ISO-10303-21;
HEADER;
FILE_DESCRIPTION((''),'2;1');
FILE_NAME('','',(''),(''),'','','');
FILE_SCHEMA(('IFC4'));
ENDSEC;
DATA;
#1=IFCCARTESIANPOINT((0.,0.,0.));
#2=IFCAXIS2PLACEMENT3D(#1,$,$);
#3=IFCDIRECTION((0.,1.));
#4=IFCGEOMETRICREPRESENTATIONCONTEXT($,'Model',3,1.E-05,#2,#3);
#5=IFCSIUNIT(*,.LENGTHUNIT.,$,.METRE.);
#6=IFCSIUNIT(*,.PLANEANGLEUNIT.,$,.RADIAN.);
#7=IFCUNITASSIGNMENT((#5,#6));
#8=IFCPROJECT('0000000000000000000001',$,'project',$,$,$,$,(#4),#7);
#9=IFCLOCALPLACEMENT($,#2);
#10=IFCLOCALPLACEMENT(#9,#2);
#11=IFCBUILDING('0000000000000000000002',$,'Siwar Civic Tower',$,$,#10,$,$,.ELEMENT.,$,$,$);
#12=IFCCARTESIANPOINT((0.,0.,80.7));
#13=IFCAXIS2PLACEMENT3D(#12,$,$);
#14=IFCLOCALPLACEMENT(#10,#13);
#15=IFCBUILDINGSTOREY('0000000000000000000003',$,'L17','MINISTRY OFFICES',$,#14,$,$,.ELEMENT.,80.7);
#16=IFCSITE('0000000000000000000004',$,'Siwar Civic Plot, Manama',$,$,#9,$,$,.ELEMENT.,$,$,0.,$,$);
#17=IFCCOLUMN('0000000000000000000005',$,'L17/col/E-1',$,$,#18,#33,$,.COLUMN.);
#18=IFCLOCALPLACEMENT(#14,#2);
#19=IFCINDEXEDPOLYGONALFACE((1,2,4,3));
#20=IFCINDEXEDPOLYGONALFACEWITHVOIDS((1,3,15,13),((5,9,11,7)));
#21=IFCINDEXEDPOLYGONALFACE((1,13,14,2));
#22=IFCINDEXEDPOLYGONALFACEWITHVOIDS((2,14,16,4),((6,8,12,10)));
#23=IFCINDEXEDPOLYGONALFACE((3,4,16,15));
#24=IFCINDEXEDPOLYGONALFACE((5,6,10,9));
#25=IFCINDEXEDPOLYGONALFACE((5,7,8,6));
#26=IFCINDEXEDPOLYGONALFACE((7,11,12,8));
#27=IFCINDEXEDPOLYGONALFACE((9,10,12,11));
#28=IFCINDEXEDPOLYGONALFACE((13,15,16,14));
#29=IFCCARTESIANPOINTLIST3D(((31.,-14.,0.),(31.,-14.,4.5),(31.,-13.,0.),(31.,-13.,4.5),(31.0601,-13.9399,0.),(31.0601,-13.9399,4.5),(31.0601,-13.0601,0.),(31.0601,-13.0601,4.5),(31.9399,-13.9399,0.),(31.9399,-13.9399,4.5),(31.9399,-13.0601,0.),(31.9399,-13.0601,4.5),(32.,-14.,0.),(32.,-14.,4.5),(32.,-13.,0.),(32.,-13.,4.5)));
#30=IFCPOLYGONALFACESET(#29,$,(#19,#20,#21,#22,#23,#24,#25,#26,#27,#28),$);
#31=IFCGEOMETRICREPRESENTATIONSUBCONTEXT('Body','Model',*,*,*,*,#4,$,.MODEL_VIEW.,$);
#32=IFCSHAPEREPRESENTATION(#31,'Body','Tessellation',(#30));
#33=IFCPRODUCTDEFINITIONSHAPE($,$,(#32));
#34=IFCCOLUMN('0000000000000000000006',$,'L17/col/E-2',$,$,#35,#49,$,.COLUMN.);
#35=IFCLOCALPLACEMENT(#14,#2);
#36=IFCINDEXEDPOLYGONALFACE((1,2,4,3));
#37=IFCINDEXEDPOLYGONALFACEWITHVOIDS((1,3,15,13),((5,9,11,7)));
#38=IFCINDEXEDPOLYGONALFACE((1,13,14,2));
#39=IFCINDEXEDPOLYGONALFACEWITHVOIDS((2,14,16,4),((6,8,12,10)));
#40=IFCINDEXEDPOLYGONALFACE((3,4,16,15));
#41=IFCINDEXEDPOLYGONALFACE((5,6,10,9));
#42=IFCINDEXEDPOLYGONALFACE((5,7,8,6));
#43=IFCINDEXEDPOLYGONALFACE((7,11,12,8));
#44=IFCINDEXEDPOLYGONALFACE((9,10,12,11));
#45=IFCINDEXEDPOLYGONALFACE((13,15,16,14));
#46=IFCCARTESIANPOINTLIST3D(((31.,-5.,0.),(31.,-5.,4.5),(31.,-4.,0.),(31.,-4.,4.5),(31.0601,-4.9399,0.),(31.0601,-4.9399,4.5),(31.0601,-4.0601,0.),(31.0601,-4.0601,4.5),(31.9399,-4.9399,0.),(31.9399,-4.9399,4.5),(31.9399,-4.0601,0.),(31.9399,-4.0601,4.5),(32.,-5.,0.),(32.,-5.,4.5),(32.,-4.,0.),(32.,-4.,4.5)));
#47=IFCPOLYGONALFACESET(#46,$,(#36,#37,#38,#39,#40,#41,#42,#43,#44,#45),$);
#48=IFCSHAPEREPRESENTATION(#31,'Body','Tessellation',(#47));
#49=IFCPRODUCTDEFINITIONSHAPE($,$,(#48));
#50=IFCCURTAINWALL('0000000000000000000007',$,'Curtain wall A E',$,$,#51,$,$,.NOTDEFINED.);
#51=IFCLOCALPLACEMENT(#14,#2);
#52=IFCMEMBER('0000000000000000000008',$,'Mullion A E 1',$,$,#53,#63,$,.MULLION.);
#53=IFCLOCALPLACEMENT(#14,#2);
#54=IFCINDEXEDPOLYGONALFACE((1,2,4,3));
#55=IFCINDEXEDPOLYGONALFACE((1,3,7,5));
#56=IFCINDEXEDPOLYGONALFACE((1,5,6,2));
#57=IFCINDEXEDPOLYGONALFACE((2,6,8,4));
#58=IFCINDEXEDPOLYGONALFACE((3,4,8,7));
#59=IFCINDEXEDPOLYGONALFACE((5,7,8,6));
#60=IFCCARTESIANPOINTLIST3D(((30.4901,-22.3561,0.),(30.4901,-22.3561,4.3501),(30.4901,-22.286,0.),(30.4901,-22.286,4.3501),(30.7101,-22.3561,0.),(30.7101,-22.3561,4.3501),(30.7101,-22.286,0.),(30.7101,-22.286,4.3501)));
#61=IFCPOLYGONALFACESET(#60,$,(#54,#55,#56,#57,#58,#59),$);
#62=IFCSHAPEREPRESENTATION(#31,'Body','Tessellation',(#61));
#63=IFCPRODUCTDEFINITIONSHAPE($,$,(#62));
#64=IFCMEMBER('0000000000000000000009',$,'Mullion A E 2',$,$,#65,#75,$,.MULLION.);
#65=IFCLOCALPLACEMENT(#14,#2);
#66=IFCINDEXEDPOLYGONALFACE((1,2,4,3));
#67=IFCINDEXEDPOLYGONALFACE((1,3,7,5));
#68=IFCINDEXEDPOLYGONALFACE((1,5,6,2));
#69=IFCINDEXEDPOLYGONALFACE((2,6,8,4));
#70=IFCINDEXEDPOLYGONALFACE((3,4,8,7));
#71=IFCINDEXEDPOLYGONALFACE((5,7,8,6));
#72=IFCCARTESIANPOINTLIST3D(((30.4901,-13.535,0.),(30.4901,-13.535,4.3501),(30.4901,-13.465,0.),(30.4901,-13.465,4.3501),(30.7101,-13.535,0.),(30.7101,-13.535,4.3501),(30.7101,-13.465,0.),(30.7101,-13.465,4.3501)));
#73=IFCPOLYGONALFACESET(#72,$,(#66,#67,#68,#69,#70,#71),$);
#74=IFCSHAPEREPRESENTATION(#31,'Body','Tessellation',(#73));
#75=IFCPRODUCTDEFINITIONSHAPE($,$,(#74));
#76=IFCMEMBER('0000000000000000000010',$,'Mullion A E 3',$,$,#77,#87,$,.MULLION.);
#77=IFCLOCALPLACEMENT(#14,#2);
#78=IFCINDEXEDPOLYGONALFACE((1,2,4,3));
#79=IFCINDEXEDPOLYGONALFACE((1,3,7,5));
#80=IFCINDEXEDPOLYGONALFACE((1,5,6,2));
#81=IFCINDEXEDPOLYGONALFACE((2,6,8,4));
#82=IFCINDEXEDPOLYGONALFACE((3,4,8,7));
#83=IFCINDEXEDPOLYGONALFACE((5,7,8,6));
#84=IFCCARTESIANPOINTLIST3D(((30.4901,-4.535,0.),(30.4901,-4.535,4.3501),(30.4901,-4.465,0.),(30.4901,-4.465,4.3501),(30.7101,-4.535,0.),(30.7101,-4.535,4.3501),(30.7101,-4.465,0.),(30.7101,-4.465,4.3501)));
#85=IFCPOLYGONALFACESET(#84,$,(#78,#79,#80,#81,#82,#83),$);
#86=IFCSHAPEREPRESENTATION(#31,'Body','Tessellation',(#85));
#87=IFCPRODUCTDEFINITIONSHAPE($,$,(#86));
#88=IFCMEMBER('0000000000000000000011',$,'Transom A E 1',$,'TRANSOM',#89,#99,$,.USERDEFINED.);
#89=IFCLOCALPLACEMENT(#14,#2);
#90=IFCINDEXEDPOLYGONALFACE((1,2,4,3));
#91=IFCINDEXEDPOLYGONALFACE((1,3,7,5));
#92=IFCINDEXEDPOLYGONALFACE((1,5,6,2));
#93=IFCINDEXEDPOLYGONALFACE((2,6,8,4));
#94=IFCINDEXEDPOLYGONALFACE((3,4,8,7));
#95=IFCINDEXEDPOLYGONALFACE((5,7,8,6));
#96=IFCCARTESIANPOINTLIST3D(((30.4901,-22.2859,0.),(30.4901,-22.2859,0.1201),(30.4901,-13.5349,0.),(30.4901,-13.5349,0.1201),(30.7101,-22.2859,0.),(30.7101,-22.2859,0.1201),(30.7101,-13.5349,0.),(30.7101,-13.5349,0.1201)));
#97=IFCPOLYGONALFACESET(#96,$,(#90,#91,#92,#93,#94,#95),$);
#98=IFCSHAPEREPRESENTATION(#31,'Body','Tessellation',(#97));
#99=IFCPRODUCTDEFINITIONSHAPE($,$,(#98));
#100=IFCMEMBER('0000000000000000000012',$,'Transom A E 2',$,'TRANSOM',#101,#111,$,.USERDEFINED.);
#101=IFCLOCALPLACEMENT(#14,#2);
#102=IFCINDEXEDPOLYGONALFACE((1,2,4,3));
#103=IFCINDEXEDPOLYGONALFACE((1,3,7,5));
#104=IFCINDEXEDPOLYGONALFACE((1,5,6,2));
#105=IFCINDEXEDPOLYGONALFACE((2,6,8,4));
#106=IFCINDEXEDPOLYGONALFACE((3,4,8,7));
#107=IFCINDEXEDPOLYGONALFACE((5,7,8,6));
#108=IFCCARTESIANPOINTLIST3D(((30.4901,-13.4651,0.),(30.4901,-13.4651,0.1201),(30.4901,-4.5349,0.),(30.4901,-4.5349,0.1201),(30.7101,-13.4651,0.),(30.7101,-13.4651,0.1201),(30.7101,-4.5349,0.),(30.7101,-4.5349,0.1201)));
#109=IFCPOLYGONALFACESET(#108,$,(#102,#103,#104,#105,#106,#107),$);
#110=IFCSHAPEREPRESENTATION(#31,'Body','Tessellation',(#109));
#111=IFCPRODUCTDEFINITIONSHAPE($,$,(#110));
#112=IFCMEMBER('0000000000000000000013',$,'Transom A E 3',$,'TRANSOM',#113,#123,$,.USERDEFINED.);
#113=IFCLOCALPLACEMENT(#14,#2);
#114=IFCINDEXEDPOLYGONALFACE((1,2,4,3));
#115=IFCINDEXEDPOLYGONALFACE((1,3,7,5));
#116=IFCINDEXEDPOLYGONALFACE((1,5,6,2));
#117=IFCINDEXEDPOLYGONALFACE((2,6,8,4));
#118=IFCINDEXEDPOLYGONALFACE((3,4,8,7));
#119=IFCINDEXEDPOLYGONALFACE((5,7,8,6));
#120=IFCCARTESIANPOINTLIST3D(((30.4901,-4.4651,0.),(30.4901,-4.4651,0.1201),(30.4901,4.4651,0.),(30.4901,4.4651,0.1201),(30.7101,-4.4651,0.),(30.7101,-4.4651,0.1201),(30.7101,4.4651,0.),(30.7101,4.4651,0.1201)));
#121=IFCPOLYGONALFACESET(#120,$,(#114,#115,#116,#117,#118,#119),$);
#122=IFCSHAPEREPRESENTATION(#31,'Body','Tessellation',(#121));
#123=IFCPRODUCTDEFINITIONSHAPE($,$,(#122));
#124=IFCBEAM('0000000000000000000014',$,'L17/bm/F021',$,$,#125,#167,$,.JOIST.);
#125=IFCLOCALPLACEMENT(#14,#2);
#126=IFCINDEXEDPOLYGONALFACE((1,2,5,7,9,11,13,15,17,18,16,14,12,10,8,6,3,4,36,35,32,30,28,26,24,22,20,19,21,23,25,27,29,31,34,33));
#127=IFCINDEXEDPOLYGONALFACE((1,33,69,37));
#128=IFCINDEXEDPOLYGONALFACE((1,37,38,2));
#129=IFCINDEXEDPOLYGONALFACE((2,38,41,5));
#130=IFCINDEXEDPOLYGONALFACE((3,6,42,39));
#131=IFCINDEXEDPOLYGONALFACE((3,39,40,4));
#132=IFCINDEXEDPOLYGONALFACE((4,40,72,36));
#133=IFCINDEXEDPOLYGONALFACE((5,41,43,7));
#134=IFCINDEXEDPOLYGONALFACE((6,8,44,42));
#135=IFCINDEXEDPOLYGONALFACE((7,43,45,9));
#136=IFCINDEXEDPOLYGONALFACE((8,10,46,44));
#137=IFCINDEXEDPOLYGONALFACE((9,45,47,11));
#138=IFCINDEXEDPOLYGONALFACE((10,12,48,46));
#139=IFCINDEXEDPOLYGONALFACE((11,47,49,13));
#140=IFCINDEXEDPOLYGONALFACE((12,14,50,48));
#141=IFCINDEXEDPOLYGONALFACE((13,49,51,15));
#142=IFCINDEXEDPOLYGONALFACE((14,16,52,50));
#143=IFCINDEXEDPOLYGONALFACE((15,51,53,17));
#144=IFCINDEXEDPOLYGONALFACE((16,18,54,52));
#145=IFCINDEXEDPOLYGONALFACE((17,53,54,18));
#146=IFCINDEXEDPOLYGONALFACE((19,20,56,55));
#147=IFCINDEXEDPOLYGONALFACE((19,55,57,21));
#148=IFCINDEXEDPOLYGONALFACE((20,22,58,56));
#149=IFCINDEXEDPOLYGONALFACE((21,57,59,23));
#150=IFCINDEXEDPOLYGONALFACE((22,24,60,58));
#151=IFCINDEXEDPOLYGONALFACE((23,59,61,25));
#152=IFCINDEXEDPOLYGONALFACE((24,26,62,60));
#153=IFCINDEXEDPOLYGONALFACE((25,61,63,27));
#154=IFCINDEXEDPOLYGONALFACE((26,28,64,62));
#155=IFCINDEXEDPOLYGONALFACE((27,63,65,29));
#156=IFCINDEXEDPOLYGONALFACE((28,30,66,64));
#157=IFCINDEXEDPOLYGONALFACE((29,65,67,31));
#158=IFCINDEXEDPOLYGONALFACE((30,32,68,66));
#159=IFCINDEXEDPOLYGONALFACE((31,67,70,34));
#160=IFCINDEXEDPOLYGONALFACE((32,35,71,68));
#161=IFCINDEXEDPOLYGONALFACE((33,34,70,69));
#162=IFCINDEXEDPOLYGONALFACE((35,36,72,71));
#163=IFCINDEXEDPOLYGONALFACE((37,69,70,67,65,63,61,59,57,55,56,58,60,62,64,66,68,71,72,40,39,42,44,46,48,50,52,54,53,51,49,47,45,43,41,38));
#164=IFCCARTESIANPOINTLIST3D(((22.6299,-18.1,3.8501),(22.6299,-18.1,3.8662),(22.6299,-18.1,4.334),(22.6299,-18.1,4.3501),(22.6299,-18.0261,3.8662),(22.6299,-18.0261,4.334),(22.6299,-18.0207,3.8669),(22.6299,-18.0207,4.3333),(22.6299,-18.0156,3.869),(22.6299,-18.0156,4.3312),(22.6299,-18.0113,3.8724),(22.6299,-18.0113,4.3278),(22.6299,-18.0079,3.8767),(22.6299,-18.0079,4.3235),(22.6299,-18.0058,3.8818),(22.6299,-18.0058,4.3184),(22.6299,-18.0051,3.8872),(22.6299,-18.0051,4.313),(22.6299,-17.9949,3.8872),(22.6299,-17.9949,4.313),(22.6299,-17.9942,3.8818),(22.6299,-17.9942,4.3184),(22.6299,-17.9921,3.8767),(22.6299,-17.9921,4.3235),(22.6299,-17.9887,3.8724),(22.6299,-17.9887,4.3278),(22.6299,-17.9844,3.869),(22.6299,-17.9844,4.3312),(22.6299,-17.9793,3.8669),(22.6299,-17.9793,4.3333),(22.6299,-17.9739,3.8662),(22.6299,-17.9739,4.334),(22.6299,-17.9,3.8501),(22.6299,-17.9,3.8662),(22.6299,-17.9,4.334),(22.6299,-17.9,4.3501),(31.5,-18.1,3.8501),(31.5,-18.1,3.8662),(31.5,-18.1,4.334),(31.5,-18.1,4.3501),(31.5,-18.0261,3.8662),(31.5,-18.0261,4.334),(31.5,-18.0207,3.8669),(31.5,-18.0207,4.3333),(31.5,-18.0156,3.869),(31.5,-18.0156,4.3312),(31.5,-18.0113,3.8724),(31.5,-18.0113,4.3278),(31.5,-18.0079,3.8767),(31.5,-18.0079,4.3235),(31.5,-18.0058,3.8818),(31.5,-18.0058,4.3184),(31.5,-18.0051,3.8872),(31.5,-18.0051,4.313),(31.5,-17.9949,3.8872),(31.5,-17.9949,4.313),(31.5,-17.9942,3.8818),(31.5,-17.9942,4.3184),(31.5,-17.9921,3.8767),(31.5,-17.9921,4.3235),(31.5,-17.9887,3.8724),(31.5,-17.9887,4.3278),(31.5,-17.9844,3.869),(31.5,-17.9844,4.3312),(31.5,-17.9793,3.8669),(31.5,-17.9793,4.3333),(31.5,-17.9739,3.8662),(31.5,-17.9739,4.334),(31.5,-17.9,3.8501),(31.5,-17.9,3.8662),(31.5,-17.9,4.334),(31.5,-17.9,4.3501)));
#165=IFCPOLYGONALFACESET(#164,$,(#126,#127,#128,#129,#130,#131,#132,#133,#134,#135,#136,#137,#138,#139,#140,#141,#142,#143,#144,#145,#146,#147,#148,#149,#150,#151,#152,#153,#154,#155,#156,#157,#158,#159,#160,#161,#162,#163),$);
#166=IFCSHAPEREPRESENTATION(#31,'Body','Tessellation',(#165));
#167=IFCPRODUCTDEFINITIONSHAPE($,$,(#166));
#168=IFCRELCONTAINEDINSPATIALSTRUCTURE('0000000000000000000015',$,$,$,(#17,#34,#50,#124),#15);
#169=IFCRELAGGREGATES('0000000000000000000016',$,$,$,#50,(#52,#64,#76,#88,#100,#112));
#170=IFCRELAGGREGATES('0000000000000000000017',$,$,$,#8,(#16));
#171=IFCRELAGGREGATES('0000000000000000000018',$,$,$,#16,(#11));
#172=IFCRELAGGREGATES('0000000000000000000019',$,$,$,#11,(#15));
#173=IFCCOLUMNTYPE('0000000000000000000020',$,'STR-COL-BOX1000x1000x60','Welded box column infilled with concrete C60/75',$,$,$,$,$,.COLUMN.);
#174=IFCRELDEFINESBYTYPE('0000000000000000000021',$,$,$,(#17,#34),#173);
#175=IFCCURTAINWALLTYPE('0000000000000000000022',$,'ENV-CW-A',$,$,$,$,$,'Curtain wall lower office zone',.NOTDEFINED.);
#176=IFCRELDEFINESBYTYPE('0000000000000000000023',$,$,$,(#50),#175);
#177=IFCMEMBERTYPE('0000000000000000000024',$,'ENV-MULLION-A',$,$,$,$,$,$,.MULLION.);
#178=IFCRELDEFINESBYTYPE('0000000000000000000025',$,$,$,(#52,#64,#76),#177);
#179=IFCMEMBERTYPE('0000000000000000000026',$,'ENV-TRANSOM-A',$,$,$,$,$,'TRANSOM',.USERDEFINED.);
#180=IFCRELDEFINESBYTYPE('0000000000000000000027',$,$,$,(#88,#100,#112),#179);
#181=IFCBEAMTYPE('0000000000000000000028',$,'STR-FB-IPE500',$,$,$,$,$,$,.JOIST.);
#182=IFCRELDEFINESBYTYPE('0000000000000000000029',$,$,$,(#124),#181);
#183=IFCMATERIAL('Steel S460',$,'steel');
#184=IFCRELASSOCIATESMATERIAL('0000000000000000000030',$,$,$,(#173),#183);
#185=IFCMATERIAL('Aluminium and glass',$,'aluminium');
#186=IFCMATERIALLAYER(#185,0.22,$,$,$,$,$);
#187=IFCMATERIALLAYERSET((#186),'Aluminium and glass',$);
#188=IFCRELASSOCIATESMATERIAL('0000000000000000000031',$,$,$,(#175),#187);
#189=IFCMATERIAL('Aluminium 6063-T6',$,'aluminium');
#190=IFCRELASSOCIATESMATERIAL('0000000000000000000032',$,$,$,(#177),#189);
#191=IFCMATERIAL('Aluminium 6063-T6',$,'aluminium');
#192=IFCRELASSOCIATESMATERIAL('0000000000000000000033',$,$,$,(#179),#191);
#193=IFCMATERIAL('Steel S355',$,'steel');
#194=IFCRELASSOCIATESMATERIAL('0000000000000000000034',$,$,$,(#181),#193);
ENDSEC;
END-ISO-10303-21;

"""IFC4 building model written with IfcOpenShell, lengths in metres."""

from ifc_helpers import new_model, si_unit, direction, frame, origin, origin_2d, place, context, subcontext, project, spatial, rectangle, hollow_rectangle, i_section, extrude, material, layer, layer_set, material_profile, profile_set, type_object, element, aggregate, save


model = new_model("IFC4")

# Units and contexts
model_context = context("Model", 3, precision=1e-05, world=origin(), true_north=direction((0.0, 1.0)))
body_context = subcontext(model_context, "Body", "Model", "MODEL_VIEW")
ifc_project = project(units=[si_unit("LENGTHUNIT", "METRE"), si_unit("PLANEANGLEUNIT", "RADIAN")], contexts=[model_context])

# Site, building, storey
site_placement = place(None, origin())
site = spatial("IfcSite", under=ifc_project, at=site_placement, Name="Siwar Civic Plot, Manama", CompositionType="ELEMENT", RefElevation=0.0)
building_placement = place(site_placement, origin())
building = spatial("IfcBuilding", under=site, at=building_placement, Name="Siwar Civic Tower", CompositionType="ELEMENT")
storey_placement = place(building_placement, frame((0.0, 0.0, 80.7)))
storey = spatial("IfcBuildingStorey", under=building, at=storey_placement, Name="L17", Description="MINISTRY OFFICES", CompositionType="ELEMENT", Elevation=80.7)

# Columns
ifc_material_1 = material(Name="Steel S460", Category="steel")
ifc_material_profile_1 = material_profile(ifc_material_1, hollow_rectangle(XDim=1.0, YDim=1.0, WallThickness=0.0601, at=origin_2d()), Name="BOX1000x1000x60")
ifc_profile_set_1 = profile_set([ifc_material_profile_1], Name="Steel S460")
column_type = type_object("IfcColumnType", Name="STR-COL-BOX1000x1000x60", Description="Welded box column infilled with concrete C60/75", PredefinedType="COLUMN", material=ifc_profile_set_1)
for number, where, z_axis, x_axis, name in (
    (1, (31.5, -13.5, 0.0), (0.0, 0.0, 1.0), (1.0, 0.0, 0.0), "L17/col/E-1"),
    (2, (31.5, -4.5, 0.0), (0.0, 0.0, 1.0), (1.0, 0.0, 0.0), "L17/col/E-2"),
):
    element("IfcColumn", number, at=place(storey_placement, frame(where, z_axis=z_axis, x_axis=x_axis)), inside=storey, type_object=column_type, Name=name, PredefinedType="COLUMN", context=body_context, shape_type="SweptSolid", body=[
        extrude(hollow_rectangle(XDim=1.0, YDim=1.0, WallThickness=0.0601, at=origin_2d()), origin(), (0.0, 0.0, 1.0), 4.5),
    ])

# Curtain wall, members
ifc_material_2 = material(Name="Aluminium and glass", Category="aluminium")
ifc_layer_1 = layer(ifc_material_2, 0.22)
ifc_layer_set_1 = layer_set([ifc_layer_1], Name="Aluminium and glass")
curtain_wall_type = type_object("IfcCurtainWallType", Name="ENV-CW-A", ElementType="Curtain wall lower office zone", PredefinedType="NOTDEFINED", material=ifc_layer_set_1)
curtain_wall_placement = place(storey_placement, origin())
curtain_wall = element("IfcCurtainWall", 3, at=curtain_wall_placement, inside=storey, type_object=curtain_wall_type, Name="Curtain wall A E", PredefinedType="NOTDEFINED")
ifc_material_3 = material(Name="Aluminium 6063-T6", Category="aluminium")
ifc_material_profile_2 = material_profile(ifc_material_3, rectangle(XDim=0.22, YDim=0.0701, at=origin_2d()), Name="AL 220x70")
ifc_profile_set_2 = profile_set([ifc_material_profile_2], Name="Aluminium 6063-T6")
member_type_1 = type_object("IfcMemberType", Name="ENV-MULLION-A", PredefinedType="MULLION", material=ifc_profile_set_2)
member_1_placement = place(storey_placement, frame((30.6001, -22.321, 0.0), z_axis=(0.0, 0.0, 1.0), x_axis=(-1.0, 0.0, 0.0)))
member_1 = element("IfcMember", 4, at=member_1_placement, type_object=member_type_1, Name="Mullion A E 1", PredefinedType="MULLION", context=body_context, shape_type="SweptSolid", body=[
    extrude(rectangle(XDim=0.22, YDim=0.0701, at=origin_2d()), origin(), (0.0, 0.0, 1.0), 4.3501),
])
member_2_placement = place(storey_placement, frame((30.6001, -13.5, 0.0), z_axis=(0.0, 0.0, 1.0), x_axis=(-1.0, 0.0, 0.0)))
member_2 = element("IfcMember", 5, at=member_2_placement, type_object=member_type_1, Name="Mullion A E 2", PredefinedType="MULLION", context=body_context, shape_type="SweptSolid", body=[
    extrude(rectangle(XDim=0.22, YDim=0.0701, at=origin_2d()), origin(), (0.0, 0.0, 1.0), 4.3501),
])
member_3_placement = place(storey_placement, frame((30.6001, -4.5, 0.0), z_axis=(0.0, 0.0, 1.0), x_axis=(-1.0, 0.0, 0.0)))
member_3 = element("IfcMember", 6, at=member_3_placement, type_object=member_type_1, Name="Mullion A E 3", PredefinedType="MULLION", context=body_context, shape_type="SweptSolid", body=[
    extrude(rectangle(XDim=0.22, YDim=0.0701, at=origin_2d()), origin(), (0.0, 0.0, 1.0), 4.3501),
])
ifc_material_4 = material(Name="Aluminium 6063-T6", Category="aluminium")
ifc_material_profile_3 = material_profile(ifc_material_4, rectangle(XDim=0.22, YDim=0.1201, at=origin_2d()), Name="AL 220x120")
ifc_profile_set_3 = profile_set([ifc_material_profile_3], Name="Aluminium 6063-T6")
member_type_2 = type_object("IfcMemberType", Name="ENV-TRANSOM-A", ElementType="TRANSOM", PredefinedType="USERDEFINED", material=ifc_profile_set_3)
member_4_placement = place(storey_placement, frame((30.6001, -22.2859, 0.0601), z_axis=(0.0, 1.0, 0.0), x_axis=(-1.0, 0.0, 0.0)))
member_4 = element("IfcMember", 7, at=member_4_placement, type_object=member_type_2, Name="Transom A E 1", ObjectType="TRANSOM", PredefinedType="USERDEFINED", context=body_context, shape_type="SweptSolid", body=[
    extrude(rectangle(XDim=0.22, YDim=0.1201, at=origin_2d()), origin(), (0.0, 0.0, 1.0), 8.751),
])
member_5_placement = place(storey_placement, frame((30.6001, -13.4651, 0.0601), z_axis=(0.0, 1.0, 0.0), x_axis=(-1.0, 0.0, 0.0)))
member_5 = element("IfcMember", 8, at=member_5_placement, type_object=member_type_2, Name="Transom A E 2", ObjectType="TRANSOM", PredefinedType="USERDEFINED", context=body_context, shape_type="SweptSolid", body=[
    extrude(rectangle(XDim=0.22, YDim=0.1201, at=origin_2d()), origin(), (0.0, 0.0, 1.0), 8.9302),
])
member_6_placement = place(storey_placement, frame((30.6001, -4.4651, 0.0601), z_axis=(0.0, 1.0, 0.0), x_axis=(-1.0, 0.0, 0.0)))
member_6 = element("IfcMember", 9, at=member_6_placement, type_object=member_type_2, Name="Transom A E 3", ObjectType="TRANSOM", PredefinedType="USERDEFINED", context=body_context, shape_type="SweptSolid", body=[
    extrude(rectangle(XDim=0.22, YDim=0.1201, at=origin_2d()), origin(), (0.0, 0.0, 1.0), 8.9302),
])

# Beam
ifc_material_5 = material(Name="Steel S355", Category="steel")
ifc_material_profile_4 = material_profile(ifc_material_5, i_section(OverallWidth=0.2, OverallDepth=0.5, WebThickness=0.0103, FlangeThickness=0.0161, FilletRadius=0.021, at=origin_2d()), Name="IPE500")
ifc_profile_set_4 = profile_set([ifc_material_profile_4], Name="Steel S355")
beam_type_1 = type_object("IfcBeamType", Name="STR-FB-IPE500", PredefinedType="JOIST", material=ifc_profile_set_4)
beam_1_placement = place(storey_placement, frame((22.6299, -18.0, 4.1001), z_axis=(1.0, 0.0, 0.0), x_axis=(0.0, 1.0, 0.0)))
element("IfcBeam", 10, at=beam_1_placement, inside=storey, type_object=beam_type_1, Name="L17/bm/F021", PredefinedType="JOIST", context=body_context, shape_type="SweptSolid", body=[
    extrude(i_section(OverallWidth=0.2, OverallDepth=0.5, WebThickness=0.0103, FlangeThickness=0.0161, FilletRadius=0.021, at=origin_2d()), origin(), (0.0, 0.0, 1.0), 8.8701),
])

aggregate(curtain_wall, [member_1, member_2, member_3, member_4, member_5, member_6])

save(model, "model.ifc")
